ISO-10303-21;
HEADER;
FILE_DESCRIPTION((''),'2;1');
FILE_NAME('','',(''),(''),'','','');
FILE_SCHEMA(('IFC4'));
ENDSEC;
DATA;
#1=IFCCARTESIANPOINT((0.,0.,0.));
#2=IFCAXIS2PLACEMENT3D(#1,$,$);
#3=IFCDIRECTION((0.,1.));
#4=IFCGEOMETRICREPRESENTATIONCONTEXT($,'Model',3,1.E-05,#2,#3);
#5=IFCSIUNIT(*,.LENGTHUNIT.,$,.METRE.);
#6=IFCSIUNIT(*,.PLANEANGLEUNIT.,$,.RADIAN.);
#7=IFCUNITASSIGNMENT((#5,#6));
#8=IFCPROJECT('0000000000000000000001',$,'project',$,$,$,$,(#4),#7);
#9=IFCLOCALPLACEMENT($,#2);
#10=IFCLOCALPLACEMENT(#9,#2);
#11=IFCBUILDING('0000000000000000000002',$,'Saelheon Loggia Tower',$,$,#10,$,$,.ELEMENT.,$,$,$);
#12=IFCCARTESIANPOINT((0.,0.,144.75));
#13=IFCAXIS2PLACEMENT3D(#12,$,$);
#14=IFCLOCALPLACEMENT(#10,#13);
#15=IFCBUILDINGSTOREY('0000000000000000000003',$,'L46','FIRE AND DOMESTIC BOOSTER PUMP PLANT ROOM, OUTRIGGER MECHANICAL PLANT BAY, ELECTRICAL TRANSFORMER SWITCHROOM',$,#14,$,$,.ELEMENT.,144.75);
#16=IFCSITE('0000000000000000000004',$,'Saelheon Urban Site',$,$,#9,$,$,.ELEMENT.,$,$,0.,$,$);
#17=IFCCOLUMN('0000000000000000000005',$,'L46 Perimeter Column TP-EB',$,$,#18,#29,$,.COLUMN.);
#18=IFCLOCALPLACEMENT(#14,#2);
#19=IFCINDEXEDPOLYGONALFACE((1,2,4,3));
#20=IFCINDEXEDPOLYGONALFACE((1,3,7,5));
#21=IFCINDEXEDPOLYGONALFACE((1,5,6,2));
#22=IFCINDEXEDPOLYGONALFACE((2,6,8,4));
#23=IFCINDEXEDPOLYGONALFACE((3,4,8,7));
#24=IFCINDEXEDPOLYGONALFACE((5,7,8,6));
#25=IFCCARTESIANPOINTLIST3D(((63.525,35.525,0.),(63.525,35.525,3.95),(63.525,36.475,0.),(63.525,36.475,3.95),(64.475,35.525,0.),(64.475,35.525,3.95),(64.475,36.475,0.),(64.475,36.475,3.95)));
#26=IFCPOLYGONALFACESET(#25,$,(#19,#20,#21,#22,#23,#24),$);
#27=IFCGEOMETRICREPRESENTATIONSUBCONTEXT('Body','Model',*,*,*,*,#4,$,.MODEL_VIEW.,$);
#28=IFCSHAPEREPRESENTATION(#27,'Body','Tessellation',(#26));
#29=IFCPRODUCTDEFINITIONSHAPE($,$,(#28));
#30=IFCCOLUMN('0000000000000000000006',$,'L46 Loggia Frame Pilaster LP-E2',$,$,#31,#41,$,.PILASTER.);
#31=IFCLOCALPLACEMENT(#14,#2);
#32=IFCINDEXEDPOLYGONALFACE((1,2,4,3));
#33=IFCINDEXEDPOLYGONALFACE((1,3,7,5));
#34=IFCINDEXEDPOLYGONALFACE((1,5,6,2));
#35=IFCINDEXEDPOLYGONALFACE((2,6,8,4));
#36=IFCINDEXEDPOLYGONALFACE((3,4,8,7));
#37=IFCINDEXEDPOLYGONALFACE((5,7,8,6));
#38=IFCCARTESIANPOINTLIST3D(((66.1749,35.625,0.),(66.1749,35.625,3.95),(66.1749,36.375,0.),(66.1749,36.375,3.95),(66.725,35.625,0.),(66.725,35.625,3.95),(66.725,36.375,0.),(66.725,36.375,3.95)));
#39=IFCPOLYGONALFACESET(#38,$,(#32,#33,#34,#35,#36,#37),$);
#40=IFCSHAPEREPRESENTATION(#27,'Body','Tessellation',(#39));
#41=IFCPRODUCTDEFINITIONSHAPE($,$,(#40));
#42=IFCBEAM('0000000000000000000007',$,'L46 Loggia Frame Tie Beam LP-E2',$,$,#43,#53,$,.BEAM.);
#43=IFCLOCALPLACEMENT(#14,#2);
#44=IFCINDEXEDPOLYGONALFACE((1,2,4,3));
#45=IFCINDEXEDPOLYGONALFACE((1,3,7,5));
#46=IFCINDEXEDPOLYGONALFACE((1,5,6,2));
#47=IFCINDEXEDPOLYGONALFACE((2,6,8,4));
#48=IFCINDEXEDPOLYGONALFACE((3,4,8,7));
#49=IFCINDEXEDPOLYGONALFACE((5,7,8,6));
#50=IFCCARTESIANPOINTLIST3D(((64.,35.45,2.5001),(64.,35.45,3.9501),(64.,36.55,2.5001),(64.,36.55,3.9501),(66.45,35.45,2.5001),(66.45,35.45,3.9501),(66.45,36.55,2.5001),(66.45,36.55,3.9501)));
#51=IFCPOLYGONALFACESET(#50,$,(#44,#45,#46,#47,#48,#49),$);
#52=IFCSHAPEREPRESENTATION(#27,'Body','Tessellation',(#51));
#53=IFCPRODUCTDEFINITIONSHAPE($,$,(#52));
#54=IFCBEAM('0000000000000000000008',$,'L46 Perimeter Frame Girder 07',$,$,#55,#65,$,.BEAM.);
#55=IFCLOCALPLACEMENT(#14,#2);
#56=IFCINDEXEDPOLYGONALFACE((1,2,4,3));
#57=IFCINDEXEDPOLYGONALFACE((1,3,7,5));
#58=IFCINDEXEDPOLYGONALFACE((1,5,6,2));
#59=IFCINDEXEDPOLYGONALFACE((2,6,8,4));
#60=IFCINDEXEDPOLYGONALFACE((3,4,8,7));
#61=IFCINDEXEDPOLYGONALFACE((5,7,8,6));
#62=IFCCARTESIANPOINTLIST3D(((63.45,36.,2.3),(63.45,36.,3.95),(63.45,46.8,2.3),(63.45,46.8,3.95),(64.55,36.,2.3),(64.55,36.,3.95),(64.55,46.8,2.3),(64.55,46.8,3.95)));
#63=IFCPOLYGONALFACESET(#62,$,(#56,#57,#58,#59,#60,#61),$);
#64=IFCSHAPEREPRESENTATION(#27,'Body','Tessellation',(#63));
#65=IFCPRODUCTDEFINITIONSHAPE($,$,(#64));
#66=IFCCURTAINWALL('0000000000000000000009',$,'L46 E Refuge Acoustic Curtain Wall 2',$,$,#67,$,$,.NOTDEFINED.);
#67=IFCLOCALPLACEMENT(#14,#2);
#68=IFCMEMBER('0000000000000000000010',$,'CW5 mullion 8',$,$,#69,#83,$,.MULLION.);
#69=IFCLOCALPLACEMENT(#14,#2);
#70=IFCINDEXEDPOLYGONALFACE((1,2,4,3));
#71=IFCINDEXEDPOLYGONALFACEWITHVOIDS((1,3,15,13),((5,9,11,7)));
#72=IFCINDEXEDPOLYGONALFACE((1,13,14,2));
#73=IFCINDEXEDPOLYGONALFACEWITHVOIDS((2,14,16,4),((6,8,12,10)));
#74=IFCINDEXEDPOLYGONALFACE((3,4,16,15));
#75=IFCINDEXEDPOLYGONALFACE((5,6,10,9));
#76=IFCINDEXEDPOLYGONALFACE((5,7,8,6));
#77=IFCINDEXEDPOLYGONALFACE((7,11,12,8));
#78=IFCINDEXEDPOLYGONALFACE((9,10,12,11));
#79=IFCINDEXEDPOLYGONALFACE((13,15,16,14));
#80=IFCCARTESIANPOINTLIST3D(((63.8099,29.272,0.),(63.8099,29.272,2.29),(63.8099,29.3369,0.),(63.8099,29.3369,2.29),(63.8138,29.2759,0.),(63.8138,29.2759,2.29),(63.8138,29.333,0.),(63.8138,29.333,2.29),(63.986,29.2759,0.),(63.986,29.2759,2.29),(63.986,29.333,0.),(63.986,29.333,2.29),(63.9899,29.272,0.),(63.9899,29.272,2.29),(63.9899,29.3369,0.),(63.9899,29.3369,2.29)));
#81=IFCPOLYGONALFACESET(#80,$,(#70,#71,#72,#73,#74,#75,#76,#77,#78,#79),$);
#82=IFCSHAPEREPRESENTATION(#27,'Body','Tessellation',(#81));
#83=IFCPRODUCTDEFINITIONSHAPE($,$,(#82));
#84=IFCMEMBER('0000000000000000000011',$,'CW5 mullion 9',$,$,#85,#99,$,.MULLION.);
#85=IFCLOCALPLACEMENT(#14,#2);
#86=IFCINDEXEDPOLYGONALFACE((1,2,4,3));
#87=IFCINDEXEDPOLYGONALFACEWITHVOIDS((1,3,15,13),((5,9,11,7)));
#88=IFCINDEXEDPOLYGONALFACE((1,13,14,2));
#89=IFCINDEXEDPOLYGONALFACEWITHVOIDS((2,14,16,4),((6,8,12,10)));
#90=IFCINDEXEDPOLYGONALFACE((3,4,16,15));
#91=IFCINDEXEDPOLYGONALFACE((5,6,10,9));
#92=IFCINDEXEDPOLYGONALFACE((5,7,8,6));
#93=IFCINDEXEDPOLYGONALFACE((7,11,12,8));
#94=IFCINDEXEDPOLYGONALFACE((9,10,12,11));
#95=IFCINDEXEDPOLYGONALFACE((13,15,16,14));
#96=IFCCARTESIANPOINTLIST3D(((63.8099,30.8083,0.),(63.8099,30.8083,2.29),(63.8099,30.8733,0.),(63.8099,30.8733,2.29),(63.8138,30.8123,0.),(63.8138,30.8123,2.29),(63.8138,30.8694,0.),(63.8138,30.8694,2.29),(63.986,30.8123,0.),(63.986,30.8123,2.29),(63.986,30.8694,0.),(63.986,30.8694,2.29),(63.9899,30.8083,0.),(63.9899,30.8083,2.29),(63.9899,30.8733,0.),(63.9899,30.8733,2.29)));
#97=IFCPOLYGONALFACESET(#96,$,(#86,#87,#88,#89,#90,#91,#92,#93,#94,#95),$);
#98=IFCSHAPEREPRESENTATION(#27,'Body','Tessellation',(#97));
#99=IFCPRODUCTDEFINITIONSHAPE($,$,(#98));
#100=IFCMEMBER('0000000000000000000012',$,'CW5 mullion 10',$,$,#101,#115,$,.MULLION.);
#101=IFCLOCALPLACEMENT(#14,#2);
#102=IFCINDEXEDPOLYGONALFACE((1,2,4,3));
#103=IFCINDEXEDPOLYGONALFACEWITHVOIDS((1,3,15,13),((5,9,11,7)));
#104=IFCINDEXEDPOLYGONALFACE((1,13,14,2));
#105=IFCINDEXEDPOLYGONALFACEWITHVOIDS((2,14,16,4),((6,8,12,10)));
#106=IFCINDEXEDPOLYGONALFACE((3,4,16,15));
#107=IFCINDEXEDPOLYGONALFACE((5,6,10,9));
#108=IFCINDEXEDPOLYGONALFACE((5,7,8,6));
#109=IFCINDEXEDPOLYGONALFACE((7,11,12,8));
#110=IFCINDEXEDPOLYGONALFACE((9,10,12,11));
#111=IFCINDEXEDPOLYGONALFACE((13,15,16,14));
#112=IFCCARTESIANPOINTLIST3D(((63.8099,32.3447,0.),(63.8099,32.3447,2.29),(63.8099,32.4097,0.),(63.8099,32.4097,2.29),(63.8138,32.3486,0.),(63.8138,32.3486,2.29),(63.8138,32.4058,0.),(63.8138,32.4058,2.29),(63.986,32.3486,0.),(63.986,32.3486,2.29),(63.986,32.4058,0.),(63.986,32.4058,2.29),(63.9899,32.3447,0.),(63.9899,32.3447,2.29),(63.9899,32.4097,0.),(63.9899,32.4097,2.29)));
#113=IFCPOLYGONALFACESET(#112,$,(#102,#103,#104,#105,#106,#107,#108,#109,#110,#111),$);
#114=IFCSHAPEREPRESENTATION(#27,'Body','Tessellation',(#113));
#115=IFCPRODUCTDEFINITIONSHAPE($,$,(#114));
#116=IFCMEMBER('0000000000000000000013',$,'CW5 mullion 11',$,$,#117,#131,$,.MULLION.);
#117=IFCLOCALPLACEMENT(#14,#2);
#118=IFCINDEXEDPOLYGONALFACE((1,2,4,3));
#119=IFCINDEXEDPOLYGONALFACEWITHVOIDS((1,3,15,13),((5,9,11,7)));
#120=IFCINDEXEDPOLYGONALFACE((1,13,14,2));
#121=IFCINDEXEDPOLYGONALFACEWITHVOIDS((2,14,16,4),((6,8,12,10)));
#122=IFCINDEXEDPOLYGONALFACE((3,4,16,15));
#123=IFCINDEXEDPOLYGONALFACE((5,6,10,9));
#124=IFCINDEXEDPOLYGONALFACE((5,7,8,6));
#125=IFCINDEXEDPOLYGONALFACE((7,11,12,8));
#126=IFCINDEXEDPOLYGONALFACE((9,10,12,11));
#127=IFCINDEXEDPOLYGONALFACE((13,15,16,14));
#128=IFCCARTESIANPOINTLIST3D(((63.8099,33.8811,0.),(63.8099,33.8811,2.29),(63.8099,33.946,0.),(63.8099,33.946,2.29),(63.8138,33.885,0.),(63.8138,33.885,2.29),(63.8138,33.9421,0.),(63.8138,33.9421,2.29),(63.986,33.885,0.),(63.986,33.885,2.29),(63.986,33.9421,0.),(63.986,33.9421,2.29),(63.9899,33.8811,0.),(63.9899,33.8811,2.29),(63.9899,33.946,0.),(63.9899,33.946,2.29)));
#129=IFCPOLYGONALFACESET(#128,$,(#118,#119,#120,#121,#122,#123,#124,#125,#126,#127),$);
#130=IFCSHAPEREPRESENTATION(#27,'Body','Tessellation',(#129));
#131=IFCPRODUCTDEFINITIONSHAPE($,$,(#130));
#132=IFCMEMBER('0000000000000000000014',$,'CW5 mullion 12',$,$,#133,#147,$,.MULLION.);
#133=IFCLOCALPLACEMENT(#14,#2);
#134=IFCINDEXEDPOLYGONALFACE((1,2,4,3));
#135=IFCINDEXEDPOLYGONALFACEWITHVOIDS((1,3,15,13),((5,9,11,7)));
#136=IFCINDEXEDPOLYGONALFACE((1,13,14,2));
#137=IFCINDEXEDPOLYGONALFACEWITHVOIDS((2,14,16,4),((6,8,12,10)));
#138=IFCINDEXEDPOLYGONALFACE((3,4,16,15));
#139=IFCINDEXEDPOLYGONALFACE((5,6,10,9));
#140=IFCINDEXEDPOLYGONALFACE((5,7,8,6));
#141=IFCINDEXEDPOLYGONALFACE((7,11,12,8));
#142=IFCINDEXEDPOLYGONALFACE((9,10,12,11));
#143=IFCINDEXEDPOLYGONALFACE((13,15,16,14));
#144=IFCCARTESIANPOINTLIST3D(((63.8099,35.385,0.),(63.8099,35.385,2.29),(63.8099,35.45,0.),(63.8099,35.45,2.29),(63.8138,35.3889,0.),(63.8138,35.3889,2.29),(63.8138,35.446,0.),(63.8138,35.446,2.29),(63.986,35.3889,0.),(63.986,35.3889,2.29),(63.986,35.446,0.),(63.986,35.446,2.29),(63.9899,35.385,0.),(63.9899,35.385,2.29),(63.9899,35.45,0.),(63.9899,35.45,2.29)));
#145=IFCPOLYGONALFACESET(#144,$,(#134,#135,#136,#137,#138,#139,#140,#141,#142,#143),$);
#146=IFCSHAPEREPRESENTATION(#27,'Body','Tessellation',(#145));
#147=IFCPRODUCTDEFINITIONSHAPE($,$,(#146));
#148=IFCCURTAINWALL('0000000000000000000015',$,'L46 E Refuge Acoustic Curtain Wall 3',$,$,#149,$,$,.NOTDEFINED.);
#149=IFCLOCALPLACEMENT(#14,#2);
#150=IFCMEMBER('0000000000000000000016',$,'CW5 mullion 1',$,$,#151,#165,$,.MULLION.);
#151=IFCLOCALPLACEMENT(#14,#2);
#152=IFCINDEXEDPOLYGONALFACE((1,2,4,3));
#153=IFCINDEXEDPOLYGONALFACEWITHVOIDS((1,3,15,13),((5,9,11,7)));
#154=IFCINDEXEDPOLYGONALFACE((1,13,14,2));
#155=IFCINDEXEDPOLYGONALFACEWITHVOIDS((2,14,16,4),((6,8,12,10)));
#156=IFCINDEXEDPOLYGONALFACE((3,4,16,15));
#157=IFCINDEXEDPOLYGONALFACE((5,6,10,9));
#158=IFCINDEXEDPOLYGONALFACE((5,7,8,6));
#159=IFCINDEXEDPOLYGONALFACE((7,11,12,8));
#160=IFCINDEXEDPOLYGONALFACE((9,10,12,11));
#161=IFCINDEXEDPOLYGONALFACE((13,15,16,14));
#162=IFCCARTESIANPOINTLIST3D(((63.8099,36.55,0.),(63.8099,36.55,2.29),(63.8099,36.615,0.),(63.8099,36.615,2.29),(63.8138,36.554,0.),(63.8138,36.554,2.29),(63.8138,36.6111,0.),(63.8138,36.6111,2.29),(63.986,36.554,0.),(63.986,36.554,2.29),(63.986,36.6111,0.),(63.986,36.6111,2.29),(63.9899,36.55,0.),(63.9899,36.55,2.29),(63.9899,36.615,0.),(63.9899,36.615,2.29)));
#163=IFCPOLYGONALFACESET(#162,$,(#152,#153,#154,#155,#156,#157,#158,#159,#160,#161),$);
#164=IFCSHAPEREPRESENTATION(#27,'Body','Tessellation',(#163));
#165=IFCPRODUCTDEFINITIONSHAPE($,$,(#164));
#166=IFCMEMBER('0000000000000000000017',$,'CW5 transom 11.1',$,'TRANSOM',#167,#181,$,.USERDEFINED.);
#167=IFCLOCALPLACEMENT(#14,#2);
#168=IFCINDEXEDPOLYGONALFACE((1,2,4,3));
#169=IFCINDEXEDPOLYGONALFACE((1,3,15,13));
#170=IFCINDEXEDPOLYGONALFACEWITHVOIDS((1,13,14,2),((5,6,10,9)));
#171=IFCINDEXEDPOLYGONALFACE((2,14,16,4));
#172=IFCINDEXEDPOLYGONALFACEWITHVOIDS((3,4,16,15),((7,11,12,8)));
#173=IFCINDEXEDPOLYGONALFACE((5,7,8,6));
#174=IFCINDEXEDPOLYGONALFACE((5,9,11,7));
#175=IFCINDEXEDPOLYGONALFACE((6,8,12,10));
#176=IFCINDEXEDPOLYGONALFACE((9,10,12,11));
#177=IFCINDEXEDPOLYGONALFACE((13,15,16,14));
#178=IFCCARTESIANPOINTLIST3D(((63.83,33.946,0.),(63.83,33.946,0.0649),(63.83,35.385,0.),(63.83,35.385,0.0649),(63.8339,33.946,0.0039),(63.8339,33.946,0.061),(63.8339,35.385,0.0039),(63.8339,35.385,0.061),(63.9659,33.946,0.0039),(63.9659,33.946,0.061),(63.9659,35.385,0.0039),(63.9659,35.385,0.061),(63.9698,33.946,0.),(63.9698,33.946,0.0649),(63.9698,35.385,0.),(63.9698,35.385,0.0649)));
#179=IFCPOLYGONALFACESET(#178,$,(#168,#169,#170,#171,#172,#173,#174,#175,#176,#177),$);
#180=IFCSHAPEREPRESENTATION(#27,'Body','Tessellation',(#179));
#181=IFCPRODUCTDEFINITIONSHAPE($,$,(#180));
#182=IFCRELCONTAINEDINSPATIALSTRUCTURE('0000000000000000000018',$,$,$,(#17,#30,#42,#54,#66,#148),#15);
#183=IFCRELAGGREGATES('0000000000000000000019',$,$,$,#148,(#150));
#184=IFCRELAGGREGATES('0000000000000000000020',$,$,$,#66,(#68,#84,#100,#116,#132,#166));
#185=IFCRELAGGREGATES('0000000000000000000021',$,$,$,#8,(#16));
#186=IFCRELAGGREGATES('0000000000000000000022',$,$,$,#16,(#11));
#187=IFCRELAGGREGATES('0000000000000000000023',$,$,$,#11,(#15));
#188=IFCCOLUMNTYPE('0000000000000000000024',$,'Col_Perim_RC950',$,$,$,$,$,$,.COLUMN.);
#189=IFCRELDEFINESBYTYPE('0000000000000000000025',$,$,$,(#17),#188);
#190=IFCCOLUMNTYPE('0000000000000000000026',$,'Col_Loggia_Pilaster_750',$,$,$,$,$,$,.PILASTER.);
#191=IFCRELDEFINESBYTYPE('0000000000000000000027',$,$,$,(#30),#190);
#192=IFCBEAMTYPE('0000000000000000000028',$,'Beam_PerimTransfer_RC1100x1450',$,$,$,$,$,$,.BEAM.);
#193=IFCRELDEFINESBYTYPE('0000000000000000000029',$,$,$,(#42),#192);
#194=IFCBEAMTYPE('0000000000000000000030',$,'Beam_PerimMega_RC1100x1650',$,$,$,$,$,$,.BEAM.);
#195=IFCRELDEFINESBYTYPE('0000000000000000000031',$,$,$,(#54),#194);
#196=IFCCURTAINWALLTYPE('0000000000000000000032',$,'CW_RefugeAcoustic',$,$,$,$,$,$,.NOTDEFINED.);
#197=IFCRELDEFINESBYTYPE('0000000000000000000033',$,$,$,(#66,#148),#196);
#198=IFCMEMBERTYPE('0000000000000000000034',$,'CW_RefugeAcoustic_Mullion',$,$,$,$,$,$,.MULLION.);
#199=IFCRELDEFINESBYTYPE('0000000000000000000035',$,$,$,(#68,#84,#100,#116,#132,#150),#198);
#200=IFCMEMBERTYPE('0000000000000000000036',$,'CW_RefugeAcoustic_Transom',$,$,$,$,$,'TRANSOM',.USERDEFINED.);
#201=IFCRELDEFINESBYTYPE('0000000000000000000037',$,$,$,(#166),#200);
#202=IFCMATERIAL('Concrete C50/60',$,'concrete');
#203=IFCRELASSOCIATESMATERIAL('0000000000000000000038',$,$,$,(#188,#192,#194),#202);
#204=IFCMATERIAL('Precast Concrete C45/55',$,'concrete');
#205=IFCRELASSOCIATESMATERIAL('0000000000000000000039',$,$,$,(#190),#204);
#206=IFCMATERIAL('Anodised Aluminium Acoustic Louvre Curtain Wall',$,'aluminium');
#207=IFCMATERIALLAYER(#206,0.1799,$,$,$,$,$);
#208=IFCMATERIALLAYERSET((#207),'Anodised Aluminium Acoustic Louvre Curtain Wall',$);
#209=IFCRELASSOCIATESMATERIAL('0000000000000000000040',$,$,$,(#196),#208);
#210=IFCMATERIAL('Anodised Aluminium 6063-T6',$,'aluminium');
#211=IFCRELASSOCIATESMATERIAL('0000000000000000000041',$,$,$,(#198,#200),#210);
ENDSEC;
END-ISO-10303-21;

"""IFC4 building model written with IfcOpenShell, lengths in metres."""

from ifc_helpers import new_model, si_unit, direction, frame, origin, origin_2d, place, context, subcontext, project, spatial, rectangle, hollow_rectangle, extrude, source, transform, mapped, material, layer, layer_set, material_profile, profile_set, type_object, element, aggregate, save


model = new_model("IFC4")

# Units and contexts
model_context = context("Model", 3, precision=1e-05, world=origin(), true_north=direction((0.0, 1.0)))
body_context = subcontext(model_context, "Body", "Model", "MODEL_VIEW")
ifc_project = project(units=[si_unit("LENGTHUNIT", "METRE"), si_unit("PLANEANGLEUNIT", "RADIAN")], contexts=[model_context])

# Site, building, storey
site_placement = place(None, origin())
site = spatial("IfcSite", under=ifc_project, at=site_placement, Name="Saelheon Urban Site", CompositionType="ELEMENT", RefElevation=0.0)
building_placement = place(site_placement, origin())
building = spatial("IfcBuilding", under=site, at=building_placement, Name="Saelheon Loggia Tower", CompositionType="ELEMENT")
storey_placement = place(building_placement, frame((0.0, 0.0, 144.75)))
storey = spatial("IfcBuildingStorey", under=building, at=storey_placement, Name="L46", Description="FIRE AND DOMESTIC BOOSTER PUMP PLANT ROOM, OUTRIGGER MECHANICAL PLANT BAY, ELECTRICAL TRANSFORMER SWITCHROOM", CompositionType="ELEMENT", Elevation=144.75)

# Columns
ifc_material_1 = material(Name="Concrete C50/60", Category="concrete")
ifc_material_profile_1 = material_profile(ifc_material_1, rectangle(XDim=0.95, YDim=0.95, at=origin_2d()), Name="RC-950x950")
ifc_profile_set_1 = profile_set([ifc_material_profile_1], Name="Concrete C50/60")
column_type_1 = type_object("IfcColumnType", Name="Col_Perim_RC950", PredefinedType="COLUMN", material=ifc_profile_set_1)
shared_shape_1 = source(origin(), body_context, "Body", "SweptSolid", [
    extrude(rectangle(XDim=0.95, YDim=0.95, at=origin_2d()), origin(), (0.0, 0.0, 1.0), 3.95),
])
column_1_placement = place(storey_placement, frame((64.0, 36.0, 0.0), z_axis=(0.0, 0.0, 1.0), x_axis=(1.0, 0.0, 0.0)))
element("IfcColumn", 1, at=column_1_placement, inside=storey, type_object=column_type_1, Name="L46 Perimeter Column TP-EB", PredefinedType="COLUMN", context=body_context, shape_type="MappedRepresentation", body=[
    mapped(shared_shape_1, transform((0.0, 0.0, 0.0), scale=1.0)),
])
ifc_material_2 = material(Name="Precast Concrete C45/55", Category="concrete")
ifc_material_profile_2 = material_profile(ifc_material_2, rectangle(XDim=0.55, YDim=0.75, at=origin_2d()), Name="RC-550x750")
ifc_profile_set_2 = profile_set([ifc_material_profile_2], Name="Precast Concrete C45/55")
column_type_2 = type_object("IfcColumnType", Name="Col_Loggia_Pilaster_750", PredefinedType="PILASTER", material=ifc_profile_set_2)
shared_shape_2 = source(origin(), body_context, "Body", "SweptSolid", [
    extrude(rectangle(XDim=0.55, YDim=0.75, at=origin_2d()), origin(), (0.0, 0.0, 1.0), 3.95),
])
column_2_placement = place(storey_placement, frame((66.45, 36.0, 0.0), z_axis=(0.0, 0.0, 1.0), x_axis=(1.0, 0.0, 0.0)))
element("IfcColumn", 2, at=column_2_placement, inside=storey, type_object=column_type_2, Name="L46 Loggia Frame Pilaster LP-E2", PredefinedType="PILASTER", context=body_context, shape_type="MappedRepresentation", body=[
    mapped(shared_shape_2, transform((0.0, 0.0, 0.0), scale=1.0)),
])

# Beams
ifc_material_profile_3 = material_profile(ifc_material_1, rectangle(XDim=1.1001, YDim=1.45, at=origin_2d()), Name="RC-1100x1450")
ifc_profile_set_3 = profile_set([ifc_material_profile_3], Name="Concrete C50/60")
beam_type_1 = type_object("IfcBeamType", Name="Beam_PerimTransfer_RC1100x1450", PredefinedType="BEAM", material=ifc_profile_set_3)
shared_shape_3 = source(origin(), body_context, "Body", "SweptSolid", [
    extrude(rectangle(XDim=1.1001, YDim=1.45, at=origin_2d()), origin(), (0.0, 0.0, 1.0), 2.45),
])
beam_1_placement = place(storey_placement, frame((64.0, 36.0, 3.2251), z_axis=(1.0, 0.0, 0.0), x_axis=(0.0, 1.0, 0.0)))
element("IfcBeam", 3, at=beam_1_placement, inside=storey, type_object=beam_type_1, Name="L46 Loggia Frame Tie Beam LP-E2", PredefinedType="BEAM", context=body_context, shape_type="MappedRepresentation", body=[
    mapped(shared_shape_3, transform((0.0, 0.0, 0.0), scale=1.0)),
])
ifc_material_profile_4 = material_profile(ifc_material_1, rectangle(XDim=1.1001, YDim=1.6499, at=origin_2d()), Name="RC-1100x1650")
ifc_profile_set_4 = profile_set([ifc_material_profile_4], Name="Concrete C50/60")
beam_type_2 = type_object("IfcBeamType", Name="Beam_PerimMega_RC1100x1650", PredefinedType="BEAM", material=ifc_profile_set_4)
shared_shape_4 = source(origin(), body_context, "Body", "SweptSolid", [
    extrude(rectangle(XDim=1.1001, YDim=1.6499, at=origin_2d()), origin(), (0.0, 0.0, 1.0), 10.8),
])
beam_2_placement = place(storey_placement, frame((64.0, 36.0, 3.125), z_axis=(0.0, 1.0, 0.0), x_axis=(-1.0, 0.0, 0.0)))
element("IfcBeam", 4, at=beam_2_placement, inside=storey, type_object=beam_type_2, Name="L46 Perimeter Frame Girder 07", PredefinedType="BEAM", context=body_context, shape_type="MappedRepresentation", body=[
    mapped(shared_shape_4, transform((0.0, 0.0, 0.0), scale=1.0)),
])

# Curtain wall, members
ifc_material_3 = material(Name="Anodised Aluminium Acoustic Louvre Curtain Wall", Category="aluminium")
ifc_layer_1 = layer(ifc_material_3, 0.1799)
ifc_layer_set_1 = layer_set([ifc_layer_1], Name="Anodised Aluminium Acoustic Louvre Curtain Wall")
curtain_wall_type = type_object("IfcCurtainWallType", Name="CW_RefugeAcoustic", PredefinedType="NOTDEFINED", material=ifc_layer_set_1)
curtain_wall_1_placement = place(storey_placement, origin())
curtain_wall_1 = element("IfcCurtainWall", 5, at=curtain_wall_1_placement, inside=storey, type_object=curtain_wall_type, Name="L46 E Refuge Acoustic Curtain Wall 2", PredefinedType="NOTDEFINED")
ifc_material_4 = material(Name="Anodised Aluminium 6063-T6", Category="aluminium")
ifc_material_profile_5 = material_profile(ifc_material_4, hollow_rectangle(XDim=0.0649, YDim=0.1799, WallThickness=0.0039, at=origin_2d()), Name="RHS-180x65x4")
ifc_profile_set_5 = profile_set([ifc_material_profile_5], Name="Anodised Aluminium 6063-T6")
member_type_1 = type_object("IfcMemberType", Name="CW_RefugeAcoustic_Mullion", PredefinedType="MULLION", material=ifc_profile_set_5)
shared_shape_5 = source(origin(), body_context, "Body", "SweptSolid", [
    extrude(hollow_rectangle(XDim=0.0649, YDim=0.1799, WallThickness=0.0039, at=origin_2d()), origin(), (0.0, 0.0, 1.0), 2.29),
])
member_1_placement = place(storey_placement, frame((63.8999, 29.3044, 0.0), z_axis=(0.0, 0.0, 1.0), x_axis=(0.0, 1.0, 0.0)))
member_1 = element("IfcMember", 6, at=member_1_placement, type_object=member_type_1, Name="CW5 mullion 8", PredefinedType="MULLION", context=body_context, shape_type="MappedRepresentation", body=[
    mapped(shared_shape_5, transform((0.0, 0.0, 0.0), scale=1.0)),
])
member_2_placement = place(storey_placement, frame((63.8999, 30.8408, 0.0), z_axis=(0.0, 0.0, 1.0), x_axis=(0.0, 1.0, 0.0)))
member_2 = element("IfcMember", 7, at=member_2_placement, type_object=member_type_1, Name="CW5 mullion 9", PredefinedType="MULLION", context=body_context, shape_type="MappedRepresentation", body=[
    mapped(shared_shape_5, transform((0.0, 0.0, 0.0), scale=1.0)),
])
member_3_placement = place(storey_placement, frame((63.8999, 32.3772, 0.0), z_axis=(0.0, 0.0, 1.0), x_axis=(0.0, 1.0, 0.0)))
member_3 = element("IfcMember", 8, at=member_3_placement, type_object=member_type_1, Name="CW5 mullion 10", PredefinedType="MULLION", context=body_context, shape_type="MappedRepresentation", body=[
    mapped(shared_shape_5, transform((0.0, 0.0, 0.0), scale=1.0)),
])
member_4_placement = place(storey_placement, frame((63.8999, 33.9136, 0.0), z_axis=(0.0, 0.0, 1.0), x_axis=(0.0, 1.0, 0.0)))
member_4 = element("IfcMember", 9, at=member_4_placement, type_object=member_type_1, Name="CW5 mullion 11", PredefinedType="MULLION", context=body_context, shape_type="MappedRepresentation", body=[
    mapped(shared_shape_5, transform((0.0, 0.0, 0.0), scale=1.0)),
])
member_5_placement = place(storey_placement, frame((63.8999, 35.4175, 0.0), z_axis=(0.0, 0.0, 1.0), x_axis=(0.0, 1.0, 0.0)))
member_5 = element("IfcMember", 10, at=member_5_placement, type_object=member_type_1, Name="CW5 mullion 12", PredefinedType="MULLION", context=body_context, shape_type="MappedRepresentation", body=[
    mapped(shared_shape_5, transform((0.0, 0.0, 0.0), scale=1.0)),
])

# Curtain wall, member
curtain_wall_2_placement = place(storey_placement, origin())
curtain_wall_2 = element("IfcCurtainWall", 11, at=curtain_wall_2_placement, inside=storey, type_object=curtain_wall_type, Name="L46 E Refuge Acoustic Curtain Wall 3", PredefinedType="NOTDEFINED")
member_6_placement = place(storey_placement, frame((63.8999, 36.5825, 0.0), z_axis=(0.0, 0.0, 1.0), x_axis=(0.0, 1.0, 0.0)))
member_6 = element("IfcMember", 12, at=member_6_placement, type_object=member_type_1, Name="CW5 mullion 1", PredefinedType="MULLION", context=body_context, shape_type="MappedRepresentation", body=[
    mapped(shared_shape_5, transform((0.0, 0.0, 0.0), scale=1.0)),
])

# Member
ifc_material_profile_6 = material_profile(ifc_material_4, hollow_rectangle(XDim=0.0649, YDim=0.1399, WallThickness=0.0039, at=origin_2d()), Name="RHS-140x65x4")
ifc_profile_set_6 = profile_set([ifc_material_profile_6], Name="Anodised Aluminium 6063-T6")
member_type_2 = type_object("IfcMemberType", Name="CW_RefugeAcoustic_Transom", ElementType="TRANSOM", PredefinedType="USERDEFINED", material=ifc_profile_set_6)
shared_shape_6 = source(origin(), body_context, "Body", "SweptSolid", [
    extrude(hollow_rectangle(XDim=0.0649, YDim=0.1399, WallThickness=0.0039, at=origin_2d()), origin(), (0.0, 0.0, 1.0), 1.439),
])
member_7_placement = place(storey_placement, frame((63.8999, 33.946, 0.0325), z_axis=(0.0, 1.0, 0.0), x_axis=(0.0, 0.0, 1.0)))
member_7 = element("IfcMember", 13, at=member_7_placement, type_object=member_type_2, Name="CW5 transom 11.1", ObjectType="TRANSOM", PredefinedType="USERDEFINED", context=body_context, shape_type="MappedRepresentation", body=[
    mapped(shared_shape_6, transform((0.0, 0.0, 0.0), scale=1.0)),
])
aggregate(curtain_wall_2, [member_6])

aggregate(curtain_wall_1, [member_1, member_2, member_3, member_4, member_5, member_7])

save(model, "model.ifc")
